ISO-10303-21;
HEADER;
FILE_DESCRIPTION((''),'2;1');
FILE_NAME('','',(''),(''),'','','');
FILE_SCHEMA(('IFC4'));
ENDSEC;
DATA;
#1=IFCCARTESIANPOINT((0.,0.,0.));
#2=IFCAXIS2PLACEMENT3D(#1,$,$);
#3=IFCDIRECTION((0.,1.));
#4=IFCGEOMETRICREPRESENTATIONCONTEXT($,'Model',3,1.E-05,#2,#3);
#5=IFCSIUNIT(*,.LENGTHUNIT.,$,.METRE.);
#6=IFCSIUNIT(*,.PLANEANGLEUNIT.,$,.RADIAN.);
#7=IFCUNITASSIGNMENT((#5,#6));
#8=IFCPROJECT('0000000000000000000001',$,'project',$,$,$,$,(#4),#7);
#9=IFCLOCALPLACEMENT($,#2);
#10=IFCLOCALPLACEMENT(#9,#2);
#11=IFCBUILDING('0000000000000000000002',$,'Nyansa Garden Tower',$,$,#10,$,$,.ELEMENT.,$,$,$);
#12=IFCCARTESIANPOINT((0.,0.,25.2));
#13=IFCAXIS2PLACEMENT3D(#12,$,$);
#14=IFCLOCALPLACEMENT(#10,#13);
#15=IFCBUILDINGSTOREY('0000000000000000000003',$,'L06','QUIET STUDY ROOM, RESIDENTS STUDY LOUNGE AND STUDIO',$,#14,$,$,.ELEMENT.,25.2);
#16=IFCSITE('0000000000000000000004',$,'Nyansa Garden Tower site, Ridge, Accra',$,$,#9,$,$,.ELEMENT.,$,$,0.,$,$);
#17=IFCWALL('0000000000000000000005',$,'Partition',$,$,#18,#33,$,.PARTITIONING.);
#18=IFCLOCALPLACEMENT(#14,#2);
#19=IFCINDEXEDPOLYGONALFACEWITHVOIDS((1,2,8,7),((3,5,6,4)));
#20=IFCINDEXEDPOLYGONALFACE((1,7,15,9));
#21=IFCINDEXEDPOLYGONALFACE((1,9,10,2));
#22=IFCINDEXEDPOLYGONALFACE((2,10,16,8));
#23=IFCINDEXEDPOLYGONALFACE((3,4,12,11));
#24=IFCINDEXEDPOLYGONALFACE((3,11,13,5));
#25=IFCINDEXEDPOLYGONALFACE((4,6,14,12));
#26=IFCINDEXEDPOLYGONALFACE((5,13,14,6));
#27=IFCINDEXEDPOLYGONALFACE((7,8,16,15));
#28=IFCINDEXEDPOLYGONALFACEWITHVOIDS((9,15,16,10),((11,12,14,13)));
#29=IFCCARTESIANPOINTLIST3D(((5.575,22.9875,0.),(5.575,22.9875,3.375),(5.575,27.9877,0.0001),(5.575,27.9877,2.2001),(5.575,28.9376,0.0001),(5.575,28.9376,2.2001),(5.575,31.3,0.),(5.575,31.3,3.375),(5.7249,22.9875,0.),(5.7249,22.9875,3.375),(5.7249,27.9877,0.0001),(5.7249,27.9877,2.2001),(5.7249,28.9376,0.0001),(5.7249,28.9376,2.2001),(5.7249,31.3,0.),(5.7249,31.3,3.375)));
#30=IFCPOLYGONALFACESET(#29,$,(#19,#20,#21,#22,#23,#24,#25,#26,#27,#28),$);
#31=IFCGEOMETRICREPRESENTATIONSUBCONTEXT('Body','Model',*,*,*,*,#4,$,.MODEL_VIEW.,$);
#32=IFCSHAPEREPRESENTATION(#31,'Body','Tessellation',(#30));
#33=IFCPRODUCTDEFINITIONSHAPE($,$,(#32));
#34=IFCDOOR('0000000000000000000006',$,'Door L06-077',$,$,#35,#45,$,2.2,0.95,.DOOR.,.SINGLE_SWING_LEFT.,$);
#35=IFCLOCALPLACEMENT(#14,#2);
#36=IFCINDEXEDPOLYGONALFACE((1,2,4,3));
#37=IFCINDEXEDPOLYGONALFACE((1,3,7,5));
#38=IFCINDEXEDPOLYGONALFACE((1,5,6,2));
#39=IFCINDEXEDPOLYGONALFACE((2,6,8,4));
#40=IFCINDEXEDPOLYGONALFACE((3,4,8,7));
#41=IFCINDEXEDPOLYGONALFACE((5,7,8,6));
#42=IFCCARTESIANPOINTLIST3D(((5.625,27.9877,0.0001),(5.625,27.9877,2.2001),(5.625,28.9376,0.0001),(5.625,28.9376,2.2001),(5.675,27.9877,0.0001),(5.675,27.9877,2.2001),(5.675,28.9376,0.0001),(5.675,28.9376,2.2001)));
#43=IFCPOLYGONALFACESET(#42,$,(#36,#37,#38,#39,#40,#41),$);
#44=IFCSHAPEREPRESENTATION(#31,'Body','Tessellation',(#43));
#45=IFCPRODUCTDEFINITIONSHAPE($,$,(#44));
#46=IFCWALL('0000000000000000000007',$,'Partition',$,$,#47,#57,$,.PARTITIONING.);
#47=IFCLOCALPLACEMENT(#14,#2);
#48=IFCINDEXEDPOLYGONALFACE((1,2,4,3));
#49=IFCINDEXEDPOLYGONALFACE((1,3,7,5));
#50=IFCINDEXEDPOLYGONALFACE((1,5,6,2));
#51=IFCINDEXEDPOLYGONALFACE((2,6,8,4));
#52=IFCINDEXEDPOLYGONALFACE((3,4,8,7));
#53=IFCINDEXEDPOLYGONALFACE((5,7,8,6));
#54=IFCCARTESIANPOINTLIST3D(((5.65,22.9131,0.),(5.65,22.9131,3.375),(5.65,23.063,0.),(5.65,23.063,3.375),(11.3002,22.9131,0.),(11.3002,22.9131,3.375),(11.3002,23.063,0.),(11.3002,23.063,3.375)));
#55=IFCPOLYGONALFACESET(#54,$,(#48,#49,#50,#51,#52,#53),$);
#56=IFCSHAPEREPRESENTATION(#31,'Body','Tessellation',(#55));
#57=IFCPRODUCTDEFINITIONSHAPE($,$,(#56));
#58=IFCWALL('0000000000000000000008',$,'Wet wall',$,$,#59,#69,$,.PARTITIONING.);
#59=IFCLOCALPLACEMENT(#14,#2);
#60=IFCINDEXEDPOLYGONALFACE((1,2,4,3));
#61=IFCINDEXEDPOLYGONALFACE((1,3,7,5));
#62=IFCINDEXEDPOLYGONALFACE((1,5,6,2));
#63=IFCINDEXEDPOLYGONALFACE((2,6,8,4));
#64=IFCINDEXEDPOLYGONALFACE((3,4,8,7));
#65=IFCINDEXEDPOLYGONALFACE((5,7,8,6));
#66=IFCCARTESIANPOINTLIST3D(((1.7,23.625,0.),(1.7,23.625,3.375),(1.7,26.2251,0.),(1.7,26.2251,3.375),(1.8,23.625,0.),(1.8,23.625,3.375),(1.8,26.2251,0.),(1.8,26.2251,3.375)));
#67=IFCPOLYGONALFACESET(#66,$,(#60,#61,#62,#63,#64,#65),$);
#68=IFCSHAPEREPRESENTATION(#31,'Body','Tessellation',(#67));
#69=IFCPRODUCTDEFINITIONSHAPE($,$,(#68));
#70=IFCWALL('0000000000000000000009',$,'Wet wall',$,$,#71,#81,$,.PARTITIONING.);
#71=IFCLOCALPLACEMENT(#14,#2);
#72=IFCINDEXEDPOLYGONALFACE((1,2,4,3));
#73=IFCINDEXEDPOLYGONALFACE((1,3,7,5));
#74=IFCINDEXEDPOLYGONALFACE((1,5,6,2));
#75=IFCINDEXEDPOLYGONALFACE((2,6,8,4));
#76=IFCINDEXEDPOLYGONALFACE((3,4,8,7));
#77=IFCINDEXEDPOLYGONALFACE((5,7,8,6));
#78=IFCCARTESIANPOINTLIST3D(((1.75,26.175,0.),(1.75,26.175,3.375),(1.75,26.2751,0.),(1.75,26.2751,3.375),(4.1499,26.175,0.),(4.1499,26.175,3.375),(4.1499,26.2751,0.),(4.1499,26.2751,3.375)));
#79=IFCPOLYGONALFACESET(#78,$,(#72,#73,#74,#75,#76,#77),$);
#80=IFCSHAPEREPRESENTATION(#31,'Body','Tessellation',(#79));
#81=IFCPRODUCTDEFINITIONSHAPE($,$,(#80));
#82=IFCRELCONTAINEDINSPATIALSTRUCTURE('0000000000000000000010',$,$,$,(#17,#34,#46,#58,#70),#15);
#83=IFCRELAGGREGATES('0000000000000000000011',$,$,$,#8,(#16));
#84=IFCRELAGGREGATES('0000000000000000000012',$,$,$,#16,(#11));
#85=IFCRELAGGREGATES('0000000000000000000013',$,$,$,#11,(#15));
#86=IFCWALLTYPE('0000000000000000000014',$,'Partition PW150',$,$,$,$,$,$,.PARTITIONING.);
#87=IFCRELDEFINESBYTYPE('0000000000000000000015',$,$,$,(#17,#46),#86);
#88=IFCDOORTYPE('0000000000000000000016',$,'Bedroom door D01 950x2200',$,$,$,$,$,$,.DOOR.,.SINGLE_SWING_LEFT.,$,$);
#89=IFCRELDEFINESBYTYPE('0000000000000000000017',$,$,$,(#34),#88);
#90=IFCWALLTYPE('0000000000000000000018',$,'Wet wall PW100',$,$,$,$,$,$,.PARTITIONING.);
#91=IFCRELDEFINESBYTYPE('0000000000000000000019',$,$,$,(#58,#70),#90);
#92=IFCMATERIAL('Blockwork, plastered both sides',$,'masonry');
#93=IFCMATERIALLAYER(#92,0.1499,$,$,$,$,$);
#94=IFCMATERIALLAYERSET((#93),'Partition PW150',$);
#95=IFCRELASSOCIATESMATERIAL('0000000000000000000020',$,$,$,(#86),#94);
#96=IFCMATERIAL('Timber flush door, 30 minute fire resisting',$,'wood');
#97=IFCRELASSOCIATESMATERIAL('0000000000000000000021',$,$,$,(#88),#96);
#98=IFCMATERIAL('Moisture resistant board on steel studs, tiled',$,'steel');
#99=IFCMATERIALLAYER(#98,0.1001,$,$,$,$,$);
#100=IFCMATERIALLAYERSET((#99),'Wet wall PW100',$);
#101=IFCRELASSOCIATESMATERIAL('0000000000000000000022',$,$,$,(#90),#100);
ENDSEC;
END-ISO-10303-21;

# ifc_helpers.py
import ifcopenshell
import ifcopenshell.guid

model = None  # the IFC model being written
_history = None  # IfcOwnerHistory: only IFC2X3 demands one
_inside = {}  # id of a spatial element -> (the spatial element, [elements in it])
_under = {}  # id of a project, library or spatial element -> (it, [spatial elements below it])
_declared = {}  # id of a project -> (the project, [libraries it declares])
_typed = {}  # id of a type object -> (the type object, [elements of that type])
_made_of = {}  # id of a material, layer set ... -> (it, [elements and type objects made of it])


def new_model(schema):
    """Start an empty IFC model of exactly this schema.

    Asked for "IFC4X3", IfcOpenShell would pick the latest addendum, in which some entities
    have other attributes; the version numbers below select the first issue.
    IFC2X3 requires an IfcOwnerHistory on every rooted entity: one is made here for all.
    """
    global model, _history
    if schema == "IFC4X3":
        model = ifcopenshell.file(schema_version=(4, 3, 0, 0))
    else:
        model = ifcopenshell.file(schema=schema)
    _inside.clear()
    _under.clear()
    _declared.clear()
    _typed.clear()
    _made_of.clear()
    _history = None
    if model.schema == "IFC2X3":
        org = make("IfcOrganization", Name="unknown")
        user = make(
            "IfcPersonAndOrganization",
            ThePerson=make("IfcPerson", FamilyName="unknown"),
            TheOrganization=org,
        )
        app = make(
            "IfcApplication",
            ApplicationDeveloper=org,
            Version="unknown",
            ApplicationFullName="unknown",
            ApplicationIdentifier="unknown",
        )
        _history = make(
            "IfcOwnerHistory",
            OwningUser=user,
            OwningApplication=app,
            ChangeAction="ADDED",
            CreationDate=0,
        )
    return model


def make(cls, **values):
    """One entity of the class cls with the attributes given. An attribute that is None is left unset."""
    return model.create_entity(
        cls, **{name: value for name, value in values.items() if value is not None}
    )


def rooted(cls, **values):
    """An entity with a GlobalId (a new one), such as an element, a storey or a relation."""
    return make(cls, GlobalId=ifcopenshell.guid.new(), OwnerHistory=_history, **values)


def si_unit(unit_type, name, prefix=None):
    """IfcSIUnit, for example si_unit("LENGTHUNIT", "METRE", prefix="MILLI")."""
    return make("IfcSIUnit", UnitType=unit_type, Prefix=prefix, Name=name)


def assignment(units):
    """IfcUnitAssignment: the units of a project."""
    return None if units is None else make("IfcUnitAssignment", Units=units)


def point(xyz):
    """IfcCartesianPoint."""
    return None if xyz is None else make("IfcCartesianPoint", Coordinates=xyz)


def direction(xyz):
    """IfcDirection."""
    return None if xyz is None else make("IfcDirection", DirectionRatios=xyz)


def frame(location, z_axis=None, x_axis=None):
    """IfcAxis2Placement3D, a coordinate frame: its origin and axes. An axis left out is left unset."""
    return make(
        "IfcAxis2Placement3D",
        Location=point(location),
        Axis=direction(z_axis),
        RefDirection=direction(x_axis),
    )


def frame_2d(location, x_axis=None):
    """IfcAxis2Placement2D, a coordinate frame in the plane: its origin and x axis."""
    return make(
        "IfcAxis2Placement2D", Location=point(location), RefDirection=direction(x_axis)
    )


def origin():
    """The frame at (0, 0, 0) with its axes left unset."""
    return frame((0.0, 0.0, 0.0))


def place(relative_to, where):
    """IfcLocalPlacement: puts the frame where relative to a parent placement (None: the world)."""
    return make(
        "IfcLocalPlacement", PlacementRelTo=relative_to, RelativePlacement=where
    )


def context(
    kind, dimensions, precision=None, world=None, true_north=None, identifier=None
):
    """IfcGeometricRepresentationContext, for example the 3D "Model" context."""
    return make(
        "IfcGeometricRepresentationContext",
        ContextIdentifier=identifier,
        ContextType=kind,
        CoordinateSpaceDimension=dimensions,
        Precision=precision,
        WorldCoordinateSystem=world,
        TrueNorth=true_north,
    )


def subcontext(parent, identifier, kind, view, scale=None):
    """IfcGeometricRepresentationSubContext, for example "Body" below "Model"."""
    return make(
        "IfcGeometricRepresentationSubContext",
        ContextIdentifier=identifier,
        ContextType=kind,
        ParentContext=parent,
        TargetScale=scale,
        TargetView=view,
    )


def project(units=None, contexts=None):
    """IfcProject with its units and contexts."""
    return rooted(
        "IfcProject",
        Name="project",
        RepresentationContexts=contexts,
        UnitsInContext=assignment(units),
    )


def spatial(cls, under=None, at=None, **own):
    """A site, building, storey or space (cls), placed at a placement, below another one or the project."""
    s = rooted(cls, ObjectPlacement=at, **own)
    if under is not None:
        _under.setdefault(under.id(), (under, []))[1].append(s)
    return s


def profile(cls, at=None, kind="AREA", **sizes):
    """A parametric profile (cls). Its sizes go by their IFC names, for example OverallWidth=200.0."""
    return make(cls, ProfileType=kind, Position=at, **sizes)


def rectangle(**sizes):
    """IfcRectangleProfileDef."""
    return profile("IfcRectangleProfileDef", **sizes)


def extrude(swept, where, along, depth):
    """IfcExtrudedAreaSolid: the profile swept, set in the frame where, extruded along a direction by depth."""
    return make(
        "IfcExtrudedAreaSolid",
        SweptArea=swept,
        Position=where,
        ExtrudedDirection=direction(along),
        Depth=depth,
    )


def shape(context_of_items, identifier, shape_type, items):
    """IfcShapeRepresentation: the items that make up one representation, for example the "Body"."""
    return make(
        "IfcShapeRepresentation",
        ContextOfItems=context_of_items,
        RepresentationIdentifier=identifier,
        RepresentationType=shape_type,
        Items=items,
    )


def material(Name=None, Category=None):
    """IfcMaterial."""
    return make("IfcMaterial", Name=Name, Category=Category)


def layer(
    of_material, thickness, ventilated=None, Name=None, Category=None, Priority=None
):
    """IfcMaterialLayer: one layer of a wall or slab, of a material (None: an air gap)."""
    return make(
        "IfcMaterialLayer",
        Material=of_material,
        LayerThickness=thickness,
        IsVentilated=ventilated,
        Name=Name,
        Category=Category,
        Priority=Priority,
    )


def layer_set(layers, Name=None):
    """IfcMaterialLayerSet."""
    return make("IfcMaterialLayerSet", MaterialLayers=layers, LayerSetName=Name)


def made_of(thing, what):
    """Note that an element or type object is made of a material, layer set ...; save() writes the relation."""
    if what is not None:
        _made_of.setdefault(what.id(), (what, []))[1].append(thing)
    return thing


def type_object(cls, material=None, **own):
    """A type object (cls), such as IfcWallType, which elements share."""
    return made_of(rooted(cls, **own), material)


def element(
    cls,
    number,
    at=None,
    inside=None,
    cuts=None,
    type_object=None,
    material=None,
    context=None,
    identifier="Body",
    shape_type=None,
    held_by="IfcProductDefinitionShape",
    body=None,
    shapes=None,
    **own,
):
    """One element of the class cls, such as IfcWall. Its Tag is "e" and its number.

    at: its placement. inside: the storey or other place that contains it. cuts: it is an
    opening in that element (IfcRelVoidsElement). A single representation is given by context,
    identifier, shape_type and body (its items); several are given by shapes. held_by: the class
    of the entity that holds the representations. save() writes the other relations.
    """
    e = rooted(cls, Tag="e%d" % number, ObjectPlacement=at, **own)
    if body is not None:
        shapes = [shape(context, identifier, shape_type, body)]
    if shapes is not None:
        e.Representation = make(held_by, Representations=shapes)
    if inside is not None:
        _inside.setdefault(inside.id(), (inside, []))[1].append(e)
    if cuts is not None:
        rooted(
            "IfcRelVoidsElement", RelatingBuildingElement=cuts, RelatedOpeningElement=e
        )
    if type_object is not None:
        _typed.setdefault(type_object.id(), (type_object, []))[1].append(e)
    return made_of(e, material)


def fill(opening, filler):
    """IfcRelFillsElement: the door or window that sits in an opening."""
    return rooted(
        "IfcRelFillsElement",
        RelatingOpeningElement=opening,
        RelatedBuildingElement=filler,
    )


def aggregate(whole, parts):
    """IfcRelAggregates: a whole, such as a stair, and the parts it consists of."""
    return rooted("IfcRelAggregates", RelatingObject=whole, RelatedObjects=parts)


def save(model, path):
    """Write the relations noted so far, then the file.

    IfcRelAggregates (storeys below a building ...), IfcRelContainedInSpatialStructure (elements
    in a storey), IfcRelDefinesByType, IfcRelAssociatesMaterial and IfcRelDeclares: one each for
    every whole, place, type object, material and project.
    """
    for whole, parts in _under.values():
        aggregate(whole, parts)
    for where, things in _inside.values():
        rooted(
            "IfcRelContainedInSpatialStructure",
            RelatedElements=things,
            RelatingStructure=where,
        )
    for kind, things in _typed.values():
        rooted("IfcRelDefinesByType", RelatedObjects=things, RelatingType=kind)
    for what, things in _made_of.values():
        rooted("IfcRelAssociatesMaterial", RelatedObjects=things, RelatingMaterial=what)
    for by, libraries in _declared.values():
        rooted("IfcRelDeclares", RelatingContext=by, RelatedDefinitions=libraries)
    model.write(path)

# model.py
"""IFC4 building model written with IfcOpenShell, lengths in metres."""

from ifc_helpers import new_model, si_unit, direction, frame, frame_2d, origin, place, context, subcontext, project, spatial, rectangle, extrude, material, layer, layer_set, type_object, element, fill, save


model = new_model("IFC4")

# Units and contexts
model_context = context("Model", 3, precision=1e-05, world=origin(), true_north=direction((0.0, 1.0)))
body_context = subcontext(model_context, "Body", "Model", "MODEL_VIEW")
ifc_project = project(units=[si_unit("LENGTHUNIT", "METRE"), si_unit("PLANEANGLEUNIT", "RADIAN")], contexts=[model_context])

# Site, building, storey
site_placement = place(None, origin())
site = spatial("IfcSite", under=ifc_project, at=site_placement, Name="Nyansa Garden Tower site, Ridge, Accra", CompositionType="ELEMENT", RefElevation=0.0)
building_placement = place(site_placement, origin())
building = spatial("IfcBuilding", under=site, at=building_placement, Name="Nyansa Garden Tower", CompositionType="ELEMENT")
storey_placement = place(building_placement, frame((0.0, 0.0, 25.2)))
storey = spatial("IfcBuildingStorey", under=building, at=storey_placement, Name="L06", Description="QUIET STUDY ROOM, RESIDENTS STUDY LOUNGE AND STUDIO", CompositionType="ELEMENT", Elevation=25.2)

# Shared definitions
ifc_material_1 = material(Name="Blockwork, plastered both sides", Category="masonry")
ifc_layer_1 = layer(ifc_material_1, 0.1499)
ifc_layer_set_1 = layer_set([ifc_layer_1], Name="Partition PW150")
wall_type_1 = type_object("IfcWallType", Name="Partition PW150", PredefinedType="PARTITIONING", material=ifc_layer_set_1)

# Wall, opening, door
wall_1_placement = place(storey_placement, frame((5.6499, 22.9875, 0.0), z_axis=(0.0, 0.0, 1.0), x_axis=(0.0, 1.0, 0.0)))
wall_1 = element("IfcWall", 1, at=wall_1_placement, inside=storey, type_object=wall_type_1, Name="Partition", PredefinedType="PARTITIONING", context=body_context, shape_type="SweptSolid", body=[
    extrude(rectangle(XDim=8.3125, YDim=0.1499, at=frame_2d((4.1562, 0.0))), origin(), (0.0, 0.0, 1.0), 3.375),
])
opening_1_placement = place(wall_1_placement, frame((5.0, 0.0, 0.0)))
opening_1 = element("IfcOpeningElement", 2, at=opening_1_placement, cuts=wall_1, PredefinedType="OPENING", context=body_context, shape_type="SweptSolid", body=[
    extrude(rectangle(XDim=0.95, YDim=2.2, at=frame_2d((0.4751, 1.1001))), frame((0.0, 0.085, 0.0), z_axis=(0.0, -1.0, 0.0), x_axis=(1.0, 0.0, 0.0)), (0.0, 0.0, 1.0), 0.1699),
])
ifc_material_2 = material(Name="Timber flush door, 30 minute fire resisting", Category="wood")
door_type_1 = type_object("IfcDoorType", Name="Bedroom door D01 950x2200", OperationType="SINGLE_SWING_LEFT", PredefinedType="DOOR", material=ifc_material_2)
door_1_placement = place(opening_1_placement, origin())
door_1 = element("IfcDoor", 3, at=door_1_placement, inside=storey, type_object=door_type_1, Name="Door L06-077", OperationType="SINGLE_SWING_LEFT", OverallHeight=2.2, OverallWidth=0.95, PredefinedType="DOOR", context=body_context, shape_type="SweptSolid", body=[
    extrude(rectangle(XDim=0.95, YDim=2.2, at=frame_2d((0.4751, 1.1001))), frame((0.0, 0.0249, 0.0), z_axis=(0.0, -1.0, 0.0), x_axis=(1.0, 0.0, 0.0)), (0.0, 0.0, 1.0), 0.05),
])
fill(opening_1, door_1)

# Walls
wall_2_placement = place(storey_placement, frame((5.6499, 22.988, 0.0), z_axis=(0.0, 0.0, 1.0), x_axis=(1.0, 0.0, 0.0)))
element("IfcWall", 4, at=wall_2_placement, inside=storey, type_object=wall_type_1, Name="Partition", PredefinedType="PARTITIONING", context=body_context, shape_type="SweptSolid", body=[
    extrude(rectangle(XDim=5.6501, YDim=0.1499, at=frame_2d((2.8252, 0.0))), origin(), (0.0, 0.0, 1.0), 3.375),
])
ifc_material_3 = material(Name="Moisture resistant board on steel studs, tiled", Category="steel")
ifc_layer_2 = layer(ifc_material_3, 0.1001)
ifc_layer_set_2 = layer_set([ifc_layer_2], Name="Wet wall PW100")
wall_type_2 = type_object("IfcWallType", Name="Wet wall PW100", PredefinedType="PARTITIONING", material=ifc_layer_set_2)
wall_3_placement = place(storey_placement, frame((1.75, 23.625, 0.0), z_axis=(0.0, 0.0, 1.0), x_axis=(0.0, 1.0, 0.0)))
element("IfcWall", 5, at=wall_3_placement, inside=storey, type_object=wall_type_2, Name="Wet wall", PredefinedType="PARTITIONING", context=body_context, shape_type="SweptSolid", body=[
    extrude(rectangle(XDim=2.6001, YDim=0.1001, at=frame_2d((1.3, 0.0))), origin(), (0.0, 0.0, 1.0), 3.375),
])
wall_4_placement = place(storey_placement, frame((1.75, 26.2251, 0.0), z_axis=(0.0, 0.0, 1.0), x_axis=(1.0, 0.0, 0.0)))
element("IfcWall", 6, at=wall_4_placement, inside=storey, type_object=wall_type_2, Name="Wet wall", PredefinedType="PARTITIONING", context=body_context, shape_type="SweptSolid", body=[
    extrude(rectangle(XDim=2.3999, YDim=0.1001, at=frame_2d((1.2, 0.0))), origin(), (0.0, 0.0, 1.0), 3.375),
])

save(model, "model.ifc")
